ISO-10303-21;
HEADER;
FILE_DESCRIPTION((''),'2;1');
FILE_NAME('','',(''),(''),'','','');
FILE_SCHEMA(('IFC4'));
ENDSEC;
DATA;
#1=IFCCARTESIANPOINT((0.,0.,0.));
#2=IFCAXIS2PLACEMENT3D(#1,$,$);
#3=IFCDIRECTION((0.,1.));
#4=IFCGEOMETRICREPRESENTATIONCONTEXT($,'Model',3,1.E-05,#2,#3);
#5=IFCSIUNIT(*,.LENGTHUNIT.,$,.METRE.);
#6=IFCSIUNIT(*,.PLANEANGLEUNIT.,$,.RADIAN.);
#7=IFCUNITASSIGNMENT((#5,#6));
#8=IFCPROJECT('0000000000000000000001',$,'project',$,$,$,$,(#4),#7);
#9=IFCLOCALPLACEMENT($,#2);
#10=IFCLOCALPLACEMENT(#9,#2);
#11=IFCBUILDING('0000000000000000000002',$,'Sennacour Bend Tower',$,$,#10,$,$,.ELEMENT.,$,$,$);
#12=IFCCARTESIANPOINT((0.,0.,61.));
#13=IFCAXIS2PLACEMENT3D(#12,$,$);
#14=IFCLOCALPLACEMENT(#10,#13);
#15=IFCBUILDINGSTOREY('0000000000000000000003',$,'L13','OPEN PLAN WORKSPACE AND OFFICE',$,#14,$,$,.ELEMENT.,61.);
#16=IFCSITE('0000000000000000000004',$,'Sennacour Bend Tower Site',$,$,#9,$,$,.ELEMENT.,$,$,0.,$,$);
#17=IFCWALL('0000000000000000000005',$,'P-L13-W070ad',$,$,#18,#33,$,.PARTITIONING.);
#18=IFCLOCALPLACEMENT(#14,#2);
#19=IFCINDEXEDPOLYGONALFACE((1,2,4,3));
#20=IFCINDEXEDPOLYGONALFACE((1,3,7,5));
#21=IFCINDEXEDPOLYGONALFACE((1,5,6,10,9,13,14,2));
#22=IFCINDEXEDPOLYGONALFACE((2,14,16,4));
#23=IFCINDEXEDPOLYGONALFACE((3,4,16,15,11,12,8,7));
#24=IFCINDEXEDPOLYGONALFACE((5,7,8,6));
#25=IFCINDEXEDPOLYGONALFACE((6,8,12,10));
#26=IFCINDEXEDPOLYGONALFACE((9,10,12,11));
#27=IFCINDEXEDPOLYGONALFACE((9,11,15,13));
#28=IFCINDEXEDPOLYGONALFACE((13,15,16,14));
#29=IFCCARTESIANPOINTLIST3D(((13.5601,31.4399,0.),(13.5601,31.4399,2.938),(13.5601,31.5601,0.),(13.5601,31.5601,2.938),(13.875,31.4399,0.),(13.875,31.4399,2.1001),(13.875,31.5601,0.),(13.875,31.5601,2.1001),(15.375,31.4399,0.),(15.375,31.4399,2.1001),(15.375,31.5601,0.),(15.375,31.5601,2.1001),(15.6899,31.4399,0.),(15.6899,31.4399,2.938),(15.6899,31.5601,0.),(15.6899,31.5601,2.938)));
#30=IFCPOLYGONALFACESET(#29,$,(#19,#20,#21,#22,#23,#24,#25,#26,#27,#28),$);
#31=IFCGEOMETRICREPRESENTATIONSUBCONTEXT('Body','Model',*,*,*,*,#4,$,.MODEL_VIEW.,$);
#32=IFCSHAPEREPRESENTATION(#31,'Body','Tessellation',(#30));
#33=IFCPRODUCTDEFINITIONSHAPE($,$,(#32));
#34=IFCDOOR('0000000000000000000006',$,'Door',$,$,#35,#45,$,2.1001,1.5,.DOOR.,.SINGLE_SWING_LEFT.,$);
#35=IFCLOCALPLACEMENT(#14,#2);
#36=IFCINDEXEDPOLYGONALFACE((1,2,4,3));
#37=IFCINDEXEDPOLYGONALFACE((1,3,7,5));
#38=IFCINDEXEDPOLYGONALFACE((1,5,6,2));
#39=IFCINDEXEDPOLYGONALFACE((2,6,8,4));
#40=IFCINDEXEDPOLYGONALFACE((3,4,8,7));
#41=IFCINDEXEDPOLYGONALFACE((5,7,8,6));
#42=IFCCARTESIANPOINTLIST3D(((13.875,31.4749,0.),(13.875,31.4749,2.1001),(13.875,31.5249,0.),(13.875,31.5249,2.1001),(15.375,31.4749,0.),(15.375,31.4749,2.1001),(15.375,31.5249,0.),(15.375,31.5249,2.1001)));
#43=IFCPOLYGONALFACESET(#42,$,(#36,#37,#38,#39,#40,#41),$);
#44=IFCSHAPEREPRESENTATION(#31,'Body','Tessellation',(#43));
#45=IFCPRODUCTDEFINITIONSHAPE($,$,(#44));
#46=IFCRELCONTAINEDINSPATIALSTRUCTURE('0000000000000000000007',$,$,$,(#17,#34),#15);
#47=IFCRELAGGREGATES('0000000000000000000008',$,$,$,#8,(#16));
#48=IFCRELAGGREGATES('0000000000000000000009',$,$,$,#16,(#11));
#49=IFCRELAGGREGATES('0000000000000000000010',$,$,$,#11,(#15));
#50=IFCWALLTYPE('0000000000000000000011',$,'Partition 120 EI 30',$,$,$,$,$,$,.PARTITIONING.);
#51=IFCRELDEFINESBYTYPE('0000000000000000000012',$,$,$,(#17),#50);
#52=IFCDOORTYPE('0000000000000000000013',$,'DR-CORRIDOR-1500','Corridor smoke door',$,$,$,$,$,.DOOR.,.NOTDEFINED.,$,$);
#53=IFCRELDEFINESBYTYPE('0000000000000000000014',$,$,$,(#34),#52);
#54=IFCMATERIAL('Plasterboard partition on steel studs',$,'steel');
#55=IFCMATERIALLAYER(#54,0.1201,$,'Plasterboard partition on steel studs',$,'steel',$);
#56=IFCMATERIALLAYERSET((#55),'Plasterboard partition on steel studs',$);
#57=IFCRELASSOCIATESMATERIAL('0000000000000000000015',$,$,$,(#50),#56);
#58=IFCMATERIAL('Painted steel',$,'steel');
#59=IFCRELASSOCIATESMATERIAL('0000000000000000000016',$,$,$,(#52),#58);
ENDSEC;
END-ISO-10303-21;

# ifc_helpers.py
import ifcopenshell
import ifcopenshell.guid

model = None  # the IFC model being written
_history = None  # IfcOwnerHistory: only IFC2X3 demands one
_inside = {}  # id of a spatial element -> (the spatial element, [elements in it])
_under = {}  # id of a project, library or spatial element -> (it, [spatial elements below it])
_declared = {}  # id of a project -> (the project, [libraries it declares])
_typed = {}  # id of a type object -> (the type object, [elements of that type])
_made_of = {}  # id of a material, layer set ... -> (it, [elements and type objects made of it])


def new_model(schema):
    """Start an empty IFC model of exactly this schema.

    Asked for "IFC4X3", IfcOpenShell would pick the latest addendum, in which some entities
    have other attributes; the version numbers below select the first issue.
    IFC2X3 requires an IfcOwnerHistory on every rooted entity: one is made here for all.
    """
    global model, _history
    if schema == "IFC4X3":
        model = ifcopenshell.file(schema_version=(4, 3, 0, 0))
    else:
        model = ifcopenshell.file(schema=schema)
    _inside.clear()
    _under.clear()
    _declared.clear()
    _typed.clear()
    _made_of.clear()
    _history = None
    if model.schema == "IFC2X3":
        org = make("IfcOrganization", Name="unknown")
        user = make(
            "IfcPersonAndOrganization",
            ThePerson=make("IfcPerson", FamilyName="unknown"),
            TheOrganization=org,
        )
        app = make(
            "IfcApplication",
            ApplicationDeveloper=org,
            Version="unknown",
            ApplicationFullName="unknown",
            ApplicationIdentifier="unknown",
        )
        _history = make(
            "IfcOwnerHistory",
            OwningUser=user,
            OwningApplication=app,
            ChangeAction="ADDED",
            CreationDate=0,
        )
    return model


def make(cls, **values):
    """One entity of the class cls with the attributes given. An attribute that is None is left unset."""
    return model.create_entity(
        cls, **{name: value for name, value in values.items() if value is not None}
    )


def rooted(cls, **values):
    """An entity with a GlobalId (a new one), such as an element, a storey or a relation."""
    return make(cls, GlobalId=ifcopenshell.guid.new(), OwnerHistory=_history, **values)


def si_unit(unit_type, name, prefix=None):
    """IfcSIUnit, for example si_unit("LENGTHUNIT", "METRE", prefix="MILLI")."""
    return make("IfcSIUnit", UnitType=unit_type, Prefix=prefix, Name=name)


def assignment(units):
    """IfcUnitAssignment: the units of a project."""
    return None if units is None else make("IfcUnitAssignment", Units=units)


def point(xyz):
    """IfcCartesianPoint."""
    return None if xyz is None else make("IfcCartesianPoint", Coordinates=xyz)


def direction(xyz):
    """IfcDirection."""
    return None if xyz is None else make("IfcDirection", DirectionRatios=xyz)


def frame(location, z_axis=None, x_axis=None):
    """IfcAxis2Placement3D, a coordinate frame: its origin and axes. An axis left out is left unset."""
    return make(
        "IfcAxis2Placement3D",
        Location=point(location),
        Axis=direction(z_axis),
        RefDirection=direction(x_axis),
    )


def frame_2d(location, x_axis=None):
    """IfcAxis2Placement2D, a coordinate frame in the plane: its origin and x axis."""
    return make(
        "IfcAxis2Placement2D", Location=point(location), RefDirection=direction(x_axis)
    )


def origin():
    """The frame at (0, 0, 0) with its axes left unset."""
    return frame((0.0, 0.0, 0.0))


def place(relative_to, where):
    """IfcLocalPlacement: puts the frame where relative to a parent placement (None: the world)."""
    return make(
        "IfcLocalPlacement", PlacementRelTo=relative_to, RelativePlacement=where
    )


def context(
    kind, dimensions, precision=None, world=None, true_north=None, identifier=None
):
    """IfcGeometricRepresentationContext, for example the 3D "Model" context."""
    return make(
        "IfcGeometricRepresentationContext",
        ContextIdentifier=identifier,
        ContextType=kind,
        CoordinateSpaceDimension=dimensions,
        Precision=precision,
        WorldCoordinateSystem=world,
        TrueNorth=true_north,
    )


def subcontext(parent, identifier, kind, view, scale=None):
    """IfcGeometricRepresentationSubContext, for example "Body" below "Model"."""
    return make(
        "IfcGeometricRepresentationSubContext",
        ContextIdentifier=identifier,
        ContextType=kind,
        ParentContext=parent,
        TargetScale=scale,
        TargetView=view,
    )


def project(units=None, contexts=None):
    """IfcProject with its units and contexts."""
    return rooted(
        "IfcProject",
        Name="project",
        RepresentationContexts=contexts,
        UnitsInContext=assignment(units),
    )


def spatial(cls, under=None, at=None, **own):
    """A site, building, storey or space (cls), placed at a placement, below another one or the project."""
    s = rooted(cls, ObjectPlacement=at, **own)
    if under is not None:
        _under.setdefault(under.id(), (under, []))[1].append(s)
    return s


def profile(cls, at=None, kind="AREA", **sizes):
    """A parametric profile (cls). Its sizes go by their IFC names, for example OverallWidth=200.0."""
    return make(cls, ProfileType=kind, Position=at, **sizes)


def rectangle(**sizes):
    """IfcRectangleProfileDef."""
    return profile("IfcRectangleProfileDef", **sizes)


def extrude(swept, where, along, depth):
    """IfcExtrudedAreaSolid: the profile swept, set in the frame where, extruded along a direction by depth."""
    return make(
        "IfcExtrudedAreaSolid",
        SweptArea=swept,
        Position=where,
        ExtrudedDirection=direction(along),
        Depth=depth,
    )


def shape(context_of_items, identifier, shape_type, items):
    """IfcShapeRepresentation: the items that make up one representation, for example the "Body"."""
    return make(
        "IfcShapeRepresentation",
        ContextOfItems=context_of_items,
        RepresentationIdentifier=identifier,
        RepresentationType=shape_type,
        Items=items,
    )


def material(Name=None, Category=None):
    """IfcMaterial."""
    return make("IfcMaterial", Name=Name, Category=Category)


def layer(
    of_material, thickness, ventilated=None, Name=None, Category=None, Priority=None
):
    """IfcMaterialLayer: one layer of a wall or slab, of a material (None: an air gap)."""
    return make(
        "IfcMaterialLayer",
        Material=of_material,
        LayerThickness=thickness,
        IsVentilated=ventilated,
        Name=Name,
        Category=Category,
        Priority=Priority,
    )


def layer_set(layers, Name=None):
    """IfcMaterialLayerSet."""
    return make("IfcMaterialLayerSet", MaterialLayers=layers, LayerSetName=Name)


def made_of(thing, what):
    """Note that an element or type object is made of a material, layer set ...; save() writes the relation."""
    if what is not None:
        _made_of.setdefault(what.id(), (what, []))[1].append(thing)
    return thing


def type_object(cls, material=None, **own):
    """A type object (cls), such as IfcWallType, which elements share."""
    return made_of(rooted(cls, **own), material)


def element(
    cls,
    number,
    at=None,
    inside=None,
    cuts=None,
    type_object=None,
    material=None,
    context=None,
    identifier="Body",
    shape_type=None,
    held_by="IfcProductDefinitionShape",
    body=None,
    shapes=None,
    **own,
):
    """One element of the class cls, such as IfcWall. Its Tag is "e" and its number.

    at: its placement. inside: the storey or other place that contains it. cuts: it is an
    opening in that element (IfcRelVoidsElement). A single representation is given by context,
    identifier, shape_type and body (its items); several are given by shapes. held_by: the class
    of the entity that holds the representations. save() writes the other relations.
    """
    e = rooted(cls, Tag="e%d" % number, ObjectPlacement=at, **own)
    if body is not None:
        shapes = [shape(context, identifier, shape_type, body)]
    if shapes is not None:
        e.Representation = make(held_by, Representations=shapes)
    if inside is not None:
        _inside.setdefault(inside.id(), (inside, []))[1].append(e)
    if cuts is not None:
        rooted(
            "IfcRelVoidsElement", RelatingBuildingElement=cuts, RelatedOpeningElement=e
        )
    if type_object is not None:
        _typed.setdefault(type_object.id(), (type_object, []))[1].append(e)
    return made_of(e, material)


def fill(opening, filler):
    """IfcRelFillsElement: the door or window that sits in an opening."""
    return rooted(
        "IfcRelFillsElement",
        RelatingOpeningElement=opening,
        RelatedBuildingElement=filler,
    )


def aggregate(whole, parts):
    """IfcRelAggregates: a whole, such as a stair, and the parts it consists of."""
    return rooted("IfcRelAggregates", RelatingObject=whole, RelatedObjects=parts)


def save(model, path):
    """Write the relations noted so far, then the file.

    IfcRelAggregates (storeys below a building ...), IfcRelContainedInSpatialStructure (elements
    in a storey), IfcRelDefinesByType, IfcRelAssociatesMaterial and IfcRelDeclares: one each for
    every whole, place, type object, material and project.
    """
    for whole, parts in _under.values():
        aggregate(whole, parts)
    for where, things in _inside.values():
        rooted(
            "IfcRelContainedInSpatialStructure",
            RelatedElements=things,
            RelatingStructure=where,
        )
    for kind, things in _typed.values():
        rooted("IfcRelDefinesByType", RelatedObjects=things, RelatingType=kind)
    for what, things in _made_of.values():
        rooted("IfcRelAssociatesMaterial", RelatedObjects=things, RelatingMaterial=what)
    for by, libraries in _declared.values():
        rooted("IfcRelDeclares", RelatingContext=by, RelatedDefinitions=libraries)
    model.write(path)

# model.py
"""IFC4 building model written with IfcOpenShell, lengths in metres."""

from ifc_helpers import new_model, si_unit, direction, frame, frame_2d, origin, place, context, subcontext, project, spatial, rectangle, extrude, material, layer, layer_set, type_object, element, fill, save


model = new_model("IFC4")

# Units and contexts
model_context = context("Model", 3, precision=1e-05, world=origin(), true_north=direction((0.0, 1.0)))
body_context = subcontext(model_context, "Body", "Model", "MODEL_VIEW")
ifc_project = project(units=[si_unit("LENGTHUNIT", "METRE"), si_unit("PLANEANGLEUNIT", "RADIAN")], contexts=[model_context])

# Site, building, storey
site_placement = place(None, origin())
site = spatial("IfcSite", under=ifc_project, at=site_placement, Name="Sennacour Bend Tower Site", CompositionType="ELEMENT", RefElevation=0.0)
building_placement = place(site_placement, origin())
building = spatial("IfcBuilding", under=site, at=building_placement, Name="Sennacour Bend Tower", CompositionType="ELEMENT")
storey_placement = place(building_placement, frame((0.0, 0.0, 61.0)))
storey = spatial("IfcBuildingStorey", under=building, at=storey_placement, Name="L13", Description="OPEN PLAN WORKSPACE AND OFFICE", CompositionType="ELEMENT", Elevation=61.0)

# Shared definitions
ifc_material_1 = material(Name="Plasterboard partition on steel studs", Category="steel")

# Wall, opening, door
ifc_layer_1 = layer(ifc_material_1, 0.1201, Name="Plasterboard partition on steel studs", Category="steel")
ifc_layer_set_1 = layer_set([ifc_layer_1], Name="Plasterboard partition on steel studs")
wall_type_1 = type_object("IfcWallType", Name="Partition 120 EI 30", PredefinedType="PARTITIONING", material=ifc_layer_set_1)
wall_1_placement = place(storey_placement, frame((13.5601, 31.5, 0.0), z_axis=(0.0, 0.0, 1.0), x_axis=(1.0, 0.0, 0.0)))
wall_1 = element("IfcWall", 1, at=wall_1_placement, inside=storey, type_object=wall_type_1, Name="P-L13-W070ad", PredefinedType="PARTITIONING", context=body_context, shape_type="SweptSolid", body=[
    extrude(rectangle(XDim=2.1299, YDim=0.1201, at=frame_2d((1.0649, 0.0))), origin(), (0.0, 0.0, 1.0), 2.938),
])
opening_1_placement = place(wall_1_placement, frame((0.3149, 0.0, 0.0)))
opening_1 = element("IfcOpeningElement", 2, at=opening_1_placement, cuts=wall_1, PredefinedType="OPENING", context=body_context, shape_type="SweptSolid", body=[
    extrude(rectangle(XDim=1.5, YDim=2.1001, at=frame_2d((0.75, 1.05))), frame((0.0, 0.0701, 0.0), z_axis=(0.0, -1.0, 0.0), x_axis=(1.0, 0.0, 0.0)), (0.0, 0.0, 1.0), 0.1401),
])
ifc_material_2 = material(Name="Painted steel", Category="steel")
door_type_1 = type_object("IfcDoorType", Name="DR-CORRIDOR-1500", Description="Corridor smoke door", OperationType="NOTDEFINED", PredefinedType="DOOR", material=ifc_material_2)
door_1_placement = place(opening_1_placement, origin())
door_1 = element("IfcDoor", 3, at=door_1_placement, inside=storey, type_object=door_type_1, Name="Door", OperationType="SINGLE_SWING_LEFT", OverallHeight=2.1001, OverallWidth=1.5, PredefinedType="DOOR", context=body_context, shape_type="SweptSolid", body=[
    extrude(rectangle(XDim=1.5, YDim=2.1001, at=frame_2d((0.75, 1.05))), frame((0.0, 0.0249, 0.0), z_axis=(0.0, -1.0, 0.0), x_axis=(1.0, 0.0, 0.0)), (0.0, 0.0, 1.0), 0.05),
])
fill(opening_1, door_1)

save(model, "model.ifc")
